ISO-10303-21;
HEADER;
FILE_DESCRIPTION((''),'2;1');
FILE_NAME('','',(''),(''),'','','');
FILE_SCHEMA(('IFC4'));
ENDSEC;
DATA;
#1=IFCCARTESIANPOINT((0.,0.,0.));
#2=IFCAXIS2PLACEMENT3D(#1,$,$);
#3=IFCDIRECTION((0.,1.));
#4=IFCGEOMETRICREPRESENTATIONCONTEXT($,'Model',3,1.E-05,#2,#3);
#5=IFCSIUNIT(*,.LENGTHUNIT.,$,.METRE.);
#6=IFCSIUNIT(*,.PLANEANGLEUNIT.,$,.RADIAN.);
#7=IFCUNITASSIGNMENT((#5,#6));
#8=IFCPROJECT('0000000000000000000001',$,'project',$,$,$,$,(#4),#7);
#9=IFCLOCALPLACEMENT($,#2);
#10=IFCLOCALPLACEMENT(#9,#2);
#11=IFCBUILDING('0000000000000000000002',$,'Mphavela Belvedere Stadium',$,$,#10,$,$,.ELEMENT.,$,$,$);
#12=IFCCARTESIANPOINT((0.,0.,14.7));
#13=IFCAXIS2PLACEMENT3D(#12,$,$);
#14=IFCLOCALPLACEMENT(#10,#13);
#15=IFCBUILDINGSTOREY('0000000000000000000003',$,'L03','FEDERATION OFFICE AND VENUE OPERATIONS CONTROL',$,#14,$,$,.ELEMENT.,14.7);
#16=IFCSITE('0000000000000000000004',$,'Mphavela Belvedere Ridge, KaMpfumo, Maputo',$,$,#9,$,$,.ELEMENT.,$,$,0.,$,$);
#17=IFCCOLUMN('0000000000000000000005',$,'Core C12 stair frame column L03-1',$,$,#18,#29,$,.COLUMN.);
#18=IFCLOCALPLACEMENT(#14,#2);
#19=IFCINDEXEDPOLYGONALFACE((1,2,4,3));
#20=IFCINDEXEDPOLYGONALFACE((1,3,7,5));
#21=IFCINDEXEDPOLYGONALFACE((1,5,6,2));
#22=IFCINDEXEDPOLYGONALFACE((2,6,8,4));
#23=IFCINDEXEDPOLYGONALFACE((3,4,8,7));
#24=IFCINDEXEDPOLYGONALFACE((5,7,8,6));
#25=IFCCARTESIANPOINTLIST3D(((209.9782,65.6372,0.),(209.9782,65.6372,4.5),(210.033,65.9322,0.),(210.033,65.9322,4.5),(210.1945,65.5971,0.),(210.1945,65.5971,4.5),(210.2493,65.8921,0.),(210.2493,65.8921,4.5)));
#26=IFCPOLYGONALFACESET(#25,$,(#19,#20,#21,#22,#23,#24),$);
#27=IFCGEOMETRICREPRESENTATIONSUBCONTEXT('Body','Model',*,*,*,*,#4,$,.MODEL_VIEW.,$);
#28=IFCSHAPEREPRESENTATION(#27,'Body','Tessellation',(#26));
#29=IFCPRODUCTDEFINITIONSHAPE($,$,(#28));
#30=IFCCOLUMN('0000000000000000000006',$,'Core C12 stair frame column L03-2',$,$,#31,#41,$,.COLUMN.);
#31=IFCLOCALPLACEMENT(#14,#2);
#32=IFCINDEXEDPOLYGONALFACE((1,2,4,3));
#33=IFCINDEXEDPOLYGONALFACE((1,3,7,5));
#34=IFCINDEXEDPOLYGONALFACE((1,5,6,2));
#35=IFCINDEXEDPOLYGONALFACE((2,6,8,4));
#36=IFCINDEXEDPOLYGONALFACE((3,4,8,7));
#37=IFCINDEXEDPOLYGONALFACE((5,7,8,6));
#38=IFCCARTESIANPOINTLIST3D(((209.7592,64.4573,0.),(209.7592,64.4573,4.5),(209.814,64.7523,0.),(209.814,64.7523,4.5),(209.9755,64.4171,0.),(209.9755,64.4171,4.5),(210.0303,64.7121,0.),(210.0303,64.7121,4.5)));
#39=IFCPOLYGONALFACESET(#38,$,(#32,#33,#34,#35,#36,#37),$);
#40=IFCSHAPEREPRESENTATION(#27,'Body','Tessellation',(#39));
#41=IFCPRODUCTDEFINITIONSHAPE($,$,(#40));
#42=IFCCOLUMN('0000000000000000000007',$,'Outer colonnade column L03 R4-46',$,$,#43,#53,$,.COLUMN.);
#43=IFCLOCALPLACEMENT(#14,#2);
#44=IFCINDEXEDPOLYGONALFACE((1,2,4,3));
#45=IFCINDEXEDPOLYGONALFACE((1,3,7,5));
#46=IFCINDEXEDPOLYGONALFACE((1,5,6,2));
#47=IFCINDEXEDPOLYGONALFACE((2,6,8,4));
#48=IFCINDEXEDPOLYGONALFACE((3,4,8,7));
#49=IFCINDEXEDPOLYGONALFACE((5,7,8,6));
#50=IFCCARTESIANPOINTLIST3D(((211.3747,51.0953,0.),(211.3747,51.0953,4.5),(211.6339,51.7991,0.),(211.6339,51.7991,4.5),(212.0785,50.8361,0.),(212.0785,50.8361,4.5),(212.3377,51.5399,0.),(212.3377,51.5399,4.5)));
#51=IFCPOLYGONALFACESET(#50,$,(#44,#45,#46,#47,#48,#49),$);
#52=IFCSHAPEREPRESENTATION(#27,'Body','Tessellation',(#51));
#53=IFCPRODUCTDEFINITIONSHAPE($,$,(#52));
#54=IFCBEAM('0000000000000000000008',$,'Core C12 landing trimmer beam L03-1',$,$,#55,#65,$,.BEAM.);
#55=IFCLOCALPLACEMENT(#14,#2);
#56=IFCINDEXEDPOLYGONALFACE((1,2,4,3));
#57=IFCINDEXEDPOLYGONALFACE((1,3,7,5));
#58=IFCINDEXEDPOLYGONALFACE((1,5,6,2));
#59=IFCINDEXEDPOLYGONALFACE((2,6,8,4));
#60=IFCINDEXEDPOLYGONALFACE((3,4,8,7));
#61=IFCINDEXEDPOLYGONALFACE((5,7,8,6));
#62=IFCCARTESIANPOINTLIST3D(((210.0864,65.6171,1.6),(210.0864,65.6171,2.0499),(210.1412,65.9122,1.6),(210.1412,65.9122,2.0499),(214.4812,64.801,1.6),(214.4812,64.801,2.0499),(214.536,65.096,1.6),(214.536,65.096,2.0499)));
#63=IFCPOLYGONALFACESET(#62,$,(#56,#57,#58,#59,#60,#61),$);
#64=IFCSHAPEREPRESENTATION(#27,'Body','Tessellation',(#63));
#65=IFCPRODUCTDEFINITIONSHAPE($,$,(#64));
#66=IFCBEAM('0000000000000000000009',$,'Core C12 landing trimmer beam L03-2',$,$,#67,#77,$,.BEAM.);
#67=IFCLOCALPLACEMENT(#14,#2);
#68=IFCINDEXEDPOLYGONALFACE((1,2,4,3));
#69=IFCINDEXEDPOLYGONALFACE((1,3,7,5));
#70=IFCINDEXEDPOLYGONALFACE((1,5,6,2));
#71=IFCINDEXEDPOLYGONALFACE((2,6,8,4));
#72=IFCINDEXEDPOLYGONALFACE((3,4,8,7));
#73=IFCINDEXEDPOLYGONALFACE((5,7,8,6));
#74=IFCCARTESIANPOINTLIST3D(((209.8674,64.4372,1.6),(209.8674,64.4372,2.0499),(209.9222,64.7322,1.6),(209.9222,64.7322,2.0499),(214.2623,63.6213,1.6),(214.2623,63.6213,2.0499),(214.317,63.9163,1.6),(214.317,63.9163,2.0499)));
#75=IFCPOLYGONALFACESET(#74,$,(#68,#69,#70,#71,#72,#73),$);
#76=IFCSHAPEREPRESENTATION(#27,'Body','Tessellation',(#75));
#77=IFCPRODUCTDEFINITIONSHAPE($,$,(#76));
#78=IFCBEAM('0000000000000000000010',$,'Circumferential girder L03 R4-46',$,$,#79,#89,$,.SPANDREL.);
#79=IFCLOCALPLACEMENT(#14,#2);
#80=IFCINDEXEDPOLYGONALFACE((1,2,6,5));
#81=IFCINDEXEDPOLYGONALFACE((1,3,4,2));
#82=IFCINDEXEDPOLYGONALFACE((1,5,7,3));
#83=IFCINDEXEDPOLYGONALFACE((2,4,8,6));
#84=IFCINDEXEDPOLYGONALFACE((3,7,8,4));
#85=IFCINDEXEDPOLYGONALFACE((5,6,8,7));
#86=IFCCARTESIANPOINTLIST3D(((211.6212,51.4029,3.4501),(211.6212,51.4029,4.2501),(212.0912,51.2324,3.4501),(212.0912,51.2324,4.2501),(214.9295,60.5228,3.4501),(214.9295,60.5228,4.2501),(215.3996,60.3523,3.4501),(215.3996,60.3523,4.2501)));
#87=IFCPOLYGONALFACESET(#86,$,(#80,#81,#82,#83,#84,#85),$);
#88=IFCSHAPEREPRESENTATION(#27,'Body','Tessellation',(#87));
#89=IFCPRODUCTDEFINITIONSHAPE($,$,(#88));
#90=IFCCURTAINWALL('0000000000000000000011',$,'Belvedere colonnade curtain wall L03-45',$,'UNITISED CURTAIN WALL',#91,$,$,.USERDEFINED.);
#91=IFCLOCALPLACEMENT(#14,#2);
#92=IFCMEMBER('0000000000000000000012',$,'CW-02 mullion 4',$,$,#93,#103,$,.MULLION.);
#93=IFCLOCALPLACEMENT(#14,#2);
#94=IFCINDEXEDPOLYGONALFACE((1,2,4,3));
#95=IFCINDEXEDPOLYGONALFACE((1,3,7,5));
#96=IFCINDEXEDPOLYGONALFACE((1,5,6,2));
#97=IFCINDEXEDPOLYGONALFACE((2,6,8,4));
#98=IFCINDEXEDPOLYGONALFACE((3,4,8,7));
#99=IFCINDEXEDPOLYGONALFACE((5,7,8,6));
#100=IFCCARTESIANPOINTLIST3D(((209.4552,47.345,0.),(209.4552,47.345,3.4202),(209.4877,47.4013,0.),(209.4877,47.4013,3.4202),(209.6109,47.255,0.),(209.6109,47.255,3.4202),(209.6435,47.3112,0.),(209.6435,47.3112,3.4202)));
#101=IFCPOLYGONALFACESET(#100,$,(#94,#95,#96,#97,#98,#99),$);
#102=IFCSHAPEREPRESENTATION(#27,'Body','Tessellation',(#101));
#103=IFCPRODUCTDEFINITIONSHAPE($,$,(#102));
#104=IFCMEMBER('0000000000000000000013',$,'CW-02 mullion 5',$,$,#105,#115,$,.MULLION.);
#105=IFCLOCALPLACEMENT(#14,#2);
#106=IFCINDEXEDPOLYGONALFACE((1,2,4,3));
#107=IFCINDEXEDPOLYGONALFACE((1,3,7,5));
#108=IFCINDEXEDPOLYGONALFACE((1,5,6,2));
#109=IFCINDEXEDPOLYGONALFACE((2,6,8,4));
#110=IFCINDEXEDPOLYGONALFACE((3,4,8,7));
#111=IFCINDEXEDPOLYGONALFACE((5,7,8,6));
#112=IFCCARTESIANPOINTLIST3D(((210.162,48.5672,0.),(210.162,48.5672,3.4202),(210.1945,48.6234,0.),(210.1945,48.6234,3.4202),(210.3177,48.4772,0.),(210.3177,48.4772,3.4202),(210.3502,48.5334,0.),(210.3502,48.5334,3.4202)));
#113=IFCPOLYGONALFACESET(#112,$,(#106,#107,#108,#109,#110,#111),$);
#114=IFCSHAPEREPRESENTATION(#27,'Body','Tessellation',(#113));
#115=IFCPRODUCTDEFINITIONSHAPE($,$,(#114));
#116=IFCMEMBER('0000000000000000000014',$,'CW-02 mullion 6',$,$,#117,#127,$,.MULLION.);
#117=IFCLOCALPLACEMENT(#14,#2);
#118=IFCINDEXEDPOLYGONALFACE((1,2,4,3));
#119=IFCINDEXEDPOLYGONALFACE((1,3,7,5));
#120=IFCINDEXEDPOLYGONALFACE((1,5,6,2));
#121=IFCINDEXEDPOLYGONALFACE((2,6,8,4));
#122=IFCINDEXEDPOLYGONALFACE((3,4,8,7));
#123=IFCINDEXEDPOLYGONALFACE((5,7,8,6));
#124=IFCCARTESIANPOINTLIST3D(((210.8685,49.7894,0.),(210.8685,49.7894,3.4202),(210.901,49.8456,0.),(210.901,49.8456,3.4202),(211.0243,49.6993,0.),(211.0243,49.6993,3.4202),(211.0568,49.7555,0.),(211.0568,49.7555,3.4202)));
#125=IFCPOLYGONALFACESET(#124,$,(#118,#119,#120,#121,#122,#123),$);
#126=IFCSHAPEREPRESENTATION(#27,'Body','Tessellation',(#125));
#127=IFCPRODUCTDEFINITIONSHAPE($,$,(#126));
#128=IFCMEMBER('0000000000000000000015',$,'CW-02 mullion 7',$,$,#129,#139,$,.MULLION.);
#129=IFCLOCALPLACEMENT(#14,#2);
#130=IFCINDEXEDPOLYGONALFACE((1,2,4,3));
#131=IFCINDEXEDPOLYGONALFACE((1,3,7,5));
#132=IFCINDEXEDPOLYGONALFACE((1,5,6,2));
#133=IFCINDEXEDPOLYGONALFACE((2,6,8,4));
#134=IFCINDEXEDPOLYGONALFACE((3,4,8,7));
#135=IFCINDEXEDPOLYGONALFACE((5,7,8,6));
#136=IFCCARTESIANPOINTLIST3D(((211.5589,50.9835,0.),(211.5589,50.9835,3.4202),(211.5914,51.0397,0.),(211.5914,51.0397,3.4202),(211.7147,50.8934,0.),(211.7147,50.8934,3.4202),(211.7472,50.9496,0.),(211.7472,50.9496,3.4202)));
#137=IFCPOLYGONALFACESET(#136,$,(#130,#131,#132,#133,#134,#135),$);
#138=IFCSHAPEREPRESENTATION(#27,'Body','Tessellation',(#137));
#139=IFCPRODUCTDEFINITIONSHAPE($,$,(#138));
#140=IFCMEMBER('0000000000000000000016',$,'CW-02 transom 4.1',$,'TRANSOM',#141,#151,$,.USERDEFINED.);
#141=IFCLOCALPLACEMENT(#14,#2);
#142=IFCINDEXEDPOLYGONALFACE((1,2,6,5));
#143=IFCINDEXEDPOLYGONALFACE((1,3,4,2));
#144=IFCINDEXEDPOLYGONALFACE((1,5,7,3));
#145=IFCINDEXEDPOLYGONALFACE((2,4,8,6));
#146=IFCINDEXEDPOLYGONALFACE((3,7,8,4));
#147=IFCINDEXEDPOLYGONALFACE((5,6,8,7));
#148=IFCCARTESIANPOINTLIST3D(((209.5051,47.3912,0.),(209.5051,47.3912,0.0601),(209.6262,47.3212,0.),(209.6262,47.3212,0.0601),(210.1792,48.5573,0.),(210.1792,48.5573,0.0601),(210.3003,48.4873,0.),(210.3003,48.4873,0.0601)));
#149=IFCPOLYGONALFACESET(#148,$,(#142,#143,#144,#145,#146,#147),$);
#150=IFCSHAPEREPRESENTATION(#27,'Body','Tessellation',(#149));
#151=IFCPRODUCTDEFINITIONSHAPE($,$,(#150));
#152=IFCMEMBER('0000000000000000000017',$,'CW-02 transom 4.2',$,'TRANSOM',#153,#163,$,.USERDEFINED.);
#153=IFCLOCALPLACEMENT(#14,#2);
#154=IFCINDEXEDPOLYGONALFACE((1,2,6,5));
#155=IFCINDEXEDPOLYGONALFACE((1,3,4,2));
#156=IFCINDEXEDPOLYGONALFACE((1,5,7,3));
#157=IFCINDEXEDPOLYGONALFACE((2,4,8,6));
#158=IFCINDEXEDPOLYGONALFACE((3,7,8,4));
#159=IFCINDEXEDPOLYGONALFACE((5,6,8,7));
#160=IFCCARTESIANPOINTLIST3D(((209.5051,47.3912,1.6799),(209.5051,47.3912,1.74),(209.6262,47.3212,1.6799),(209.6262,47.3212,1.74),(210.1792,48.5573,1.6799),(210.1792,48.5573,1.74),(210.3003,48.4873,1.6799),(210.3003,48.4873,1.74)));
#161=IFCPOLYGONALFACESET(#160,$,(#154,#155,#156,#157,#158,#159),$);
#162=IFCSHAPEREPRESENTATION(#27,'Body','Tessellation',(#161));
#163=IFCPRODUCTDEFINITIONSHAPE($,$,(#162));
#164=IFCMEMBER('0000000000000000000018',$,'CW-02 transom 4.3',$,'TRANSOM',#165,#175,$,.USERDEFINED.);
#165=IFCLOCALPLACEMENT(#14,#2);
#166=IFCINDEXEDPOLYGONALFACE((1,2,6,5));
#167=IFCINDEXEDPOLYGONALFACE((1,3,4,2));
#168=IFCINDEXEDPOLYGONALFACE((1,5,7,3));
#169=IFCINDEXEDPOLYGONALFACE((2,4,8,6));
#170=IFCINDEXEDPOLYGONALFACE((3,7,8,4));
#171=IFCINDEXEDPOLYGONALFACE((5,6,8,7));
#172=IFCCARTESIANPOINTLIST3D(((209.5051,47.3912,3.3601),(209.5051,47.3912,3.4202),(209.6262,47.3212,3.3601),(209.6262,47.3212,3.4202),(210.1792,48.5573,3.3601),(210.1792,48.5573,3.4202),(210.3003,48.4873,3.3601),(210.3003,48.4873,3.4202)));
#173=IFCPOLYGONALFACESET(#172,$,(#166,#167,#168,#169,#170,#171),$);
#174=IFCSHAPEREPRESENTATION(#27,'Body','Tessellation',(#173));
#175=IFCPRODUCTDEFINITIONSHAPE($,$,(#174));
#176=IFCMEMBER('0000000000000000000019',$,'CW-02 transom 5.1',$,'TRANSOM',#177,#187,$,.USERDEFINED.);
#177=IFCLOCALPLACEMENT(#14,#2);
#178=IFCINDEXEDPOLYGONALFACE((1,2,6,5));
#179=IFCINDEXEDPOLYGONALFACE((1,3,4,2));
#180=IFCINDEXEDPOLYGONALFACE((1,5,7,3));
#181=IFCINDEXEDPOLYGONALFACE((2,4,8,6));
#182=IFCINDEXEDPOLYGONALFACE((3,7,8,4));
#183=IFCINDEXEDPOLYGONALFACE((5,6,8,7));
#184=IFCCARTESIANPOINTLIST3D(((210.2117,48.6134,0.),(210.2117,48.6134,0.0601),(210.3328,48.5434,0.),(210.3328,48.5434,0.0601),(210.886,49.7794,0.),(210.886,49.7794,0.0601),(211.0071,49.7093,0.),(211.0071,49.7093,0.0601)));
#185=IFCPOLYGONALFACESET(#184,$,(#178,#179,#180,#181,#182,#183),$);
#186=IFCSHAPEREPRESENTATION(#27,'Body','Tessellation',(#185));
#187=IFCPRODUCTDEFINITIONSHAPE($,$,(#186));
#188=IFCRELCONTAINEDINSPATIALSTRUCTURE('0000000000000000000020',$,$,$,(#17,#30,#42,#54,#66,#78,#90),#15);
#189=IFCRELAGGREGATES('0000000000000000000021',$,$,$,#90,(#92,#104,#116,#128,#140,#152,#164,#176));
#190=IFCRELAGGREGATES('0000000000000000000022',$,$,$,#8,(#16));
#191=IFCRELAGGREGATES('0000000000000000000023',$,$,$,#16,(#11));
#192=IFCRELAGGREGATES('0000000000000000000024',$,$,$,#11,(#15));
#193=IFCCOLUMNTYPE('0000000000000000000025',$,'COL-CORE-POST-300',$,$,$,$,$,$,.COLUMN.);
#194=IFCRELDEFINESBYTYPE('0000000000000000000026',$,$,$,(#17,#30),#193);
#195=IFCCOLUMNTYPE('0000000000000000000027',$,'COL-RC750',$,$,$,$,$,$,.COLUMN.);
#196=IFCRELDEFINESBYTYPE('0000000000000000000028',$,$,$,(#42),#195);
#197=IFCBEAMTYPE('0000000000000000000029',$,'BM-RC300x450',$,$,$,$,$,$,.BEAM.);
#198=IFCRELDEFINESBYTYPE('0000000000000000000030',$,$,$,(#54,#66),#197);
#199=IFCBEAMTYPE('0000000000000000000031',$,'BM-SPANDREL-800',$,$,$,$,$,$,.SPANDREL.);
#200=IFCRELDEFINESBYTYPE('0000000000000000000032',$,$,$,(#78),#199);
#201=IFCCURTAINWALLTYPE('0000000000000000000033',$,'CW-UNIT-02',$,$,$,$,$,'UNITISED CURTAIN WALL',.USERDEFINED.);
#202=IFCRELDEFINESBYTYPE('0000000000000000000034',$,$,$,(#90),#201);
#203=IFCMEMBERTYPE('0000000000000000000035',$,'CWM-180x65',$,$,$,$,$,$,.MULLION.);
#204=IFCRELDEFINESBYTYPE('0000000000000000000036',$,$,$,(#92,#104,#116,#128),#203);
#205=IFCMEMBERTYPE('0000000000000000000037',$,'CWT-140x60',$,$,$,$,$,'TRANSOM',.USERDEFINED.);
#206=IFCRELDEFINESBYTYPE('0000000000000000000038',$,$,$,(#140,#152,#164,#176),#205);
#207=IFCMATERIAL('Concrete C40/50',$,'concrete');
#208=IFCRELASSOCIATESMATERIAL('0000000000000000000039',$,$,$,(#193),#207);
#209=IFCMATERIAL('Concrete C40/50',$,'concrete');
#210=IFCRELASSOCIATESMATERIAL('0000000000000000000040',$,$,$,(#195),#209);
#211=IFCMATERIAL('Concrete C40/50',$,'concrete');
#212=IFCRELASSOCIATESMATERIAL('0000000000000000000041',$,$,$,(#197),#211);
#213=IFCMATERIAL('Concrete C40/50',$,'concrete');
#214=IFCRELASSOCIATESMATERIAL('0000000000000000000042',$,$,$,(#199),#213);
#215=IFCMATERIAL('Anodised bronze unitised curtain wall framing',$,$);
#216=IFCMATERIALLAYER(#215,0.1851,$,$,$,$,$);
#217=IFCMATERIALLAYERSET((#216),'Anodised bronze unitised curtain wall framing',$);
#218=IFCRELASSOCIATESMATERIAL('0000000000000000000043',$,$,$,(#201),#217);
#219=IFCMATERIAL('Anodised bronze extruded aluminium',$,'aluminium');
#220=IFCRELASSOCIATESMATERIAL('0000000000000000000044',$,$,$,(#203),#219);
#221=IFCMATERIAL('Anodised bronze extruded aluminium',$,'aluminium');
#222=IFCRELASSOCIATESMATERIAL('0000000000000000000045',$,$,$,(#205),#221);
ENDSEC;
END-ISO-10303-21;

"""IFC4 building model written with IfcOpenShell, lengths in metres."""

from ifc_helpers import new_model, si_unit, direction, frame, origin, origin_2d, place, context, subcontext, project, spatial, rectangle, extrude, material, layer, layer_set, material_profile, profile_set, type_object, element, aggregate, save


model = new_model("IFC4")

# Units and contexts
model_context = context("Model", 3, precision=1e-05, world=origin(), true_north=direction((0.0, 1.0)))
body_context = subcontext(model_context, "Body", "Model", "MODEL_VIEW")
ifc_project = project(units=[si_unit("LENGTHUNIT", "METRE"), si_unit("PLANEANGLEUNIT", "RADIAN")], contexts=[model_context])

# Site, building, storey
site_placement = place(None, origin())
site = spatial("IfcSite", under=ifc_project, at=site_placement, Name="Mphavela Belvedere Ridge, KaMpfumo, Maputo", CompositionType="ELEMENT", RefElevation=0.0)
building_placement = place(site_placement, origin())
building = spatial("IfcBuilding", under=site, at=building_placement, Name="Mphavela Belvedere Stadium", CompositionType="ELEMENT")
storey_placement = place(building_placement, frame((0.0, 0.0, 14.7)))
storey = spatial("IfcBuildingStorey", under=building, at=storey_placement, Name="L03", Description="FEDERATION OFFICE AND VENUE OPERATIONS CONTROL", CompositionType="ELEMENT", Elevation=14.7)

# Columns
ifc_material_1 = material(Name="Concrete C40/50", Category="concrete")
ifc_material_profile_1 = material_profile(ifc_material_1, rectangle(XDim=0.3, YDim=0.22, at=origin_2d()), Name="RC 300x220")
ifc_profile_set_1 = profile_set([ifc_material_profile_1], Name="Concrete C40/50")
column_type_1 = type_object("IfcColumnType", Name="COL-CORE-POST-300", PredefinedType="COLUMN", material=ifc_profile_set_1)
for number, where, z_axis, x_axis, name in (
    (1, (210.1138, 65.7646, 0.0), (0.0, 0.0, 1.0), (-0.182579, -0.983191, 0.0), "Core C12 stair frame column L03-1"),
    (2, (209.8948, 64.5847, 0.0), (0.0, 0.0, 1.0), (-0.182579, -0.983191, 0.0), "Core C12 stair frame column L03-2"),
):
    element("IfcColumn", number, at=place(storey_placement, frame(where, z_axis=z_axis, x_axis=x_axis)), inside=storey, type_object=column_type_1, Name=name, PredefinedType="COLUMN", context=body_context, shape_type="SweptSolid", body=[
        extrude(rectangle(XDim=0.3, YDim=0.22, at=origin_2d()), origin(), (0.0, 0.0, 1.0), 4.5),
    ])
ifc_material_2 = material(Name="Concrete C40/50", Category="concrete")
ifc_material_profile_2 = material_profile(ifc_material_2, rectangle(XDim=0.75, YDim=0.75, at=origin_2d()), Name="RC 750x750")
ifc_profile_set_2 = profile_set([ifc_material_profile_2], Name="Concrete C40/50")
column_type_2 = type_object("IfcColumnType", Name="COL-RC750", PredefinedType="COLUMN", material=ifc_profile_set_2)
column_placement = place(storey_placement, frame((211.8562, 51.3176, 0.0), z_axis=(0.0, 0.0, 1.0), x_axis=(0.938372, -0.345626, 0.0)))
element("IfcColumn", 3, at=column_placement, inside=storey, type_object=column_type_2, Name="Outer colonnade column L03 R4-46", PredefinedType="COLUMN", context=body_context, shape_type="SweptSolid", body=[
    extrude(rectangle(XDim=0.75, YDim=0.75, at=origin_2d()), origin(), (0.0, 0.0, 1.0), 4.5),
])

# Beams
ifc_material_3 = material(Name="Concrete C40/50", Category="concrete")
ifc_material_profile_3 = material_profile(ifc_material_3, rectangle(XDim=0.3, YDim=0.45, at=origin_2d()), Name="RC 300x450")
ifc_profile_set_3 = profile_set([ifc_material_profile_3], Name="Concrete C40/50")
beam_type_1 = type_object("IfcBeamType", Name="BM-RC300x450", PredefinedType="BEAM", material=ifc_profile_set_3)
for number, where, z_axis, x_axis, name in (
    (4, (210.1138, 65.7646, 1.825), (0.983189, -0.18259, 0.0), (0.18259, 0.983189, 0.0), "Core C12 landing trimmer beam L03-1"),
    (5, (209.8948, 64.5847, 1.825), (0.983199, -0.182537, 0.0), (0.182537, 0.983199, 0.0), "Core C12 landing trimmer beam L03-2"),
):
    element("IfcBeam", number, at=place(storey_placement, frame(where, z_axis=z_axis, x_axis=x_axis)), inside=storey, type_object=beam_type_1, Name=name, PredefinedType="BEAM", context=body_context, shape_type="SweptSolid", body=[
        extrude(rectangle(XDim=0.3, YDim=0.45, at=origin_2d()), origin(), (0.0, 0.0, 1.0), 4.47),
    ])
ifc_material_4 = material(Name="Concrete C40/50", Category="concrete")
ifc_material_profile_4 = material_profile(ifc_material_4, rectangle(XDim=0.5, YDim=0.8, at=origin_2d()), Name="RC 500x800")
ifc_profile_set_4 = profile_set([ifc_material_profile_4], Name="Concrete C40/50")
beam_type_2 = type_object("IfcBeamType", Name="BM-SPANDREL-800", PredefinedType="SPANDREL", material=ifc_profile_set_4)
beam_placement = place(storey_placement, frame((211.8562, 51.3176, 3.8501), z_axis=(0.341018, 0.940057, 0.0), x_axis=(-0.940057, 0.341018, 0.0)))
element("IfcBeam", 6, at=beam_placement, inside=storey, type_object=beam_type_2, Name="Circumferential girder L03 R4-46", PredefinedType="SPANDREL", context=body_context, shape_type="SweptSolid", body=[
    extrude(rectangle(XDim=0.5, YDim=0.8, at=origin_2d()), origin(), (0.0, 0.0, 1.0), 9.7014),
])

# Curtain wall, members
ifc_material_5 = material(Name="Anodised bronze unitised curtain wall framing")
ifc_layer_1 = layer(ifc_material_5, 0.1851)
ifc_layer_set_1 = layer_set([ifc_layer_1], Name="Anodised bronze unitised curtain wall framing")
curtain_wall_type = type_object("IfcCurtainWallType", Name="CW-UNIT-02", ElementType="UNITISED CURTAIN WALL", PredefinedType="USERDEFINED", material=ifc_layer_set_1)
curtain_wall_placement = place(storey_placement, origin())
curtain_wall = element("IfcCurtainWall", 7, at=curtain_wall_placement, inside=storey, type_object=curtain_wall_type, Name="Belvedere colonnade curtain wall L03-45", ObjectType="UNITISED CURTAIN WALL", PredefinedType="USERDEFINED")
ifc_material_6 = material(Name="Anodised bronze extruded aluminium", Category="aluminium")
ifc_material_profile_5 = material_profile(ifc_material_6, rectangle(XDim=0.1799, YDim=0.0649, at=origin_2d()), Name="CW-MUL 180x65")
ifc_profile_set_5 = profile_set([ifc_material_profile_5], Name="Anodised bronze extruded aluminium")
member_type_1 = type_object("IfcMemberType", Name="CWM-180x65", PredefinedType="MULLION", material=ifc_profile_set_5)
member_1_placement = place(storey_placement, frame((209.5493, 47.3281, 0.0), z_axis=(0.0, 0.0, 1.0), x_axis=(-0.865705, 0.500554, 0.0)))
member_1 = element("IfcMember", 8, at=member_1_placement, type_object=member_type_1, Name="CW-02 mullion 4", PredefinedType="MULLION", context=body_context, shape_type="SweptSolid", body=[
    extrude(rectangle(XDim=0.1799, YDim=0.0649, at=origin_2d()), origin(), (0.0, 0.0, 1.0), 3.4202),
])
member_2_placement = place(storey_placement, frame((210.2561, 48.5503, 0.0), z_axis=(0.0, 0.0, 1.0), x_axis=(-0.865705, 0.500554, 0.0)))
member_2 = element("IfcMember", 9, at=member_2_placement, type_object=member_type_1, Name="CW-02 mullion 5", PredefinedType="MULLION", context=body_context, shape_type="SweptSolid", body=[
    extrude(rectangle(XDim=0.1799, YDim=0.0649, at=origin_2d()), origin(), (0.0, 0.0, 1.0), 3.4202),
])
member_3_placement = place(storey_placement, frame((210.9626, 49.7725, 0.0), z_axis=(0.0, 0.0, 1.0), x_axis=(-0.865705, 0.500554, 0.0)))
member_3 = element("IfcMember", 10, at=member_3_placement, type_object=member_type_1, Name="CW-02 mullion 6", PredefinedType="MULLION", context=body_context, shape_type="SweptSolid", body=[
    extrude(rectangle(XDim=0.1799, YDim=0.0649, at=origin_2d()), origin(), (0.0, 0.0, 1.0), 3.4202),
])
member_4_placement = place(storey_placement, frame((211.6531, 50.9666, 0.0), z_axis=(0.0, 0.0, 1.0), x_axis=(-0.865705, 0.500554, 0.0)))
member_4 = element("IfcMember", 11, at=member_4_placement, type_object=member_type_1, Name="CW-02 mullion 7", PredefinedType="MULLION", context=body_context, shape_type="SweptSolid", body=[
    extrude(rectangle(XDim=0.1799, YDim=0.0649, at=origin_2d()), origin(), (0.0, 0.0, 1.0), 3.4202),
])
ifc_material_7 = material(Name="Anodised bronze extruded aluminium", Category="aluminium")
ifc_material_profile_6 = material_profile(ifc_material_7, rectangle(XDim=0.1399, YDim=0.0601, at=origin_2d()), Name="CW-TRN 140x60")
ifc_profile_set_6 = profile_set([ifc_material_profile_6], Name="Anodised bronze extruded aluminium")
member_type_2 = type_object("IfcMemberType", Name="CWT-140x60", ElementType="TRANSOM", PredefinedType="USERDEFINED", material=ifc_profile_set_6)
member_5_placement = place(storey_placement, frame((209.5657, 47.3562, 0.03), z_axis=(0.500486, 0.865745, 0.0), x_axis=(-0.865745, 0.500486, 0.0)))
member_5 = element("IfcMember", 12, at=member_5_placement, type_object=member_type_2, Name="CW-02 transom 4.1", ObjectType="TRANSOM", PredefinedType="USERDEFINED", context=body_context, shape_type="SweptSolid", body=[
    extrude(rectangle(XDim=0.1399, YDim=0.0601, at=origin_2d()), origin(), (0.0, 0.0, 1.0), 1.3469),
])
member_6_placement = place(storey_placement, frame((209.5657, 47.3562, 1.71), z_axis=(0.500486, 0.865745, 0.0), x_axis=(-0.865745, 0.500486, 0.0)))
member_6 = element("IfcMember", 13, at=member_6_placement, type_object=member_type_2, Name="CW-02 transom 4.2", ObjectType="TRANSOM", PredefinedType="USERDEFINED", context=body_context, shape_type="SweptSolid", body=[
    extrude(rectangle(XDim=0.1399, YDim=0.0601, at=origin_2d()), origin(), (0.0, 0.0, 1.0), 1.3469),
])
member_7_placement = place(storey_placement, frame((209.5657, 47.3562, 3.3901), z_axis=(0.500486, 0.865745, 0.0), x_axis=(-0.865745, 0.500486, 0.0)))
member_7 = element("IfcMember", 14, at=member_7_placement, type_object=member_type_2, Name="CW-02 transom 4.3", ObjectType="TRANSOM", PredefinedType="USERDEFINED", context=body_context, shape_type="SweptSolid", body=[
    extrude(rectangle(XDim=0.1399, YDim=0.0601, at=origin_2d()), origin(), (0.0, 0.0, 1.0), 1.3469),
])
member_8_placement = place(storey_placement, frame((210.2722, 48.5784, 0.03), z_axis=(0.500622, 0.865666, 0.0), x_axis=(-0.865666, 0.500622, 0.0)))
member_8 = element("IfcMember", 15, at=member_8_placement, type_object=member_type_2, Name="CW-02 transom 5.1", ObjectType="TRANSOM", PredefinedType="USERDEFINED", context=body_context, shape_type="SweptSolid", body=[
    extrude(rectangle(XDim=0.1399, YDim=0.0601, at=origin_2d()), origin(), (0.0, 0.0, 1.0), 1.3469),
])
aggregate(curtain_wall, [member_1, member_2, member_3, member_4, member_5, member_6, member_7, member_8])

save(model, "model.ifc")
